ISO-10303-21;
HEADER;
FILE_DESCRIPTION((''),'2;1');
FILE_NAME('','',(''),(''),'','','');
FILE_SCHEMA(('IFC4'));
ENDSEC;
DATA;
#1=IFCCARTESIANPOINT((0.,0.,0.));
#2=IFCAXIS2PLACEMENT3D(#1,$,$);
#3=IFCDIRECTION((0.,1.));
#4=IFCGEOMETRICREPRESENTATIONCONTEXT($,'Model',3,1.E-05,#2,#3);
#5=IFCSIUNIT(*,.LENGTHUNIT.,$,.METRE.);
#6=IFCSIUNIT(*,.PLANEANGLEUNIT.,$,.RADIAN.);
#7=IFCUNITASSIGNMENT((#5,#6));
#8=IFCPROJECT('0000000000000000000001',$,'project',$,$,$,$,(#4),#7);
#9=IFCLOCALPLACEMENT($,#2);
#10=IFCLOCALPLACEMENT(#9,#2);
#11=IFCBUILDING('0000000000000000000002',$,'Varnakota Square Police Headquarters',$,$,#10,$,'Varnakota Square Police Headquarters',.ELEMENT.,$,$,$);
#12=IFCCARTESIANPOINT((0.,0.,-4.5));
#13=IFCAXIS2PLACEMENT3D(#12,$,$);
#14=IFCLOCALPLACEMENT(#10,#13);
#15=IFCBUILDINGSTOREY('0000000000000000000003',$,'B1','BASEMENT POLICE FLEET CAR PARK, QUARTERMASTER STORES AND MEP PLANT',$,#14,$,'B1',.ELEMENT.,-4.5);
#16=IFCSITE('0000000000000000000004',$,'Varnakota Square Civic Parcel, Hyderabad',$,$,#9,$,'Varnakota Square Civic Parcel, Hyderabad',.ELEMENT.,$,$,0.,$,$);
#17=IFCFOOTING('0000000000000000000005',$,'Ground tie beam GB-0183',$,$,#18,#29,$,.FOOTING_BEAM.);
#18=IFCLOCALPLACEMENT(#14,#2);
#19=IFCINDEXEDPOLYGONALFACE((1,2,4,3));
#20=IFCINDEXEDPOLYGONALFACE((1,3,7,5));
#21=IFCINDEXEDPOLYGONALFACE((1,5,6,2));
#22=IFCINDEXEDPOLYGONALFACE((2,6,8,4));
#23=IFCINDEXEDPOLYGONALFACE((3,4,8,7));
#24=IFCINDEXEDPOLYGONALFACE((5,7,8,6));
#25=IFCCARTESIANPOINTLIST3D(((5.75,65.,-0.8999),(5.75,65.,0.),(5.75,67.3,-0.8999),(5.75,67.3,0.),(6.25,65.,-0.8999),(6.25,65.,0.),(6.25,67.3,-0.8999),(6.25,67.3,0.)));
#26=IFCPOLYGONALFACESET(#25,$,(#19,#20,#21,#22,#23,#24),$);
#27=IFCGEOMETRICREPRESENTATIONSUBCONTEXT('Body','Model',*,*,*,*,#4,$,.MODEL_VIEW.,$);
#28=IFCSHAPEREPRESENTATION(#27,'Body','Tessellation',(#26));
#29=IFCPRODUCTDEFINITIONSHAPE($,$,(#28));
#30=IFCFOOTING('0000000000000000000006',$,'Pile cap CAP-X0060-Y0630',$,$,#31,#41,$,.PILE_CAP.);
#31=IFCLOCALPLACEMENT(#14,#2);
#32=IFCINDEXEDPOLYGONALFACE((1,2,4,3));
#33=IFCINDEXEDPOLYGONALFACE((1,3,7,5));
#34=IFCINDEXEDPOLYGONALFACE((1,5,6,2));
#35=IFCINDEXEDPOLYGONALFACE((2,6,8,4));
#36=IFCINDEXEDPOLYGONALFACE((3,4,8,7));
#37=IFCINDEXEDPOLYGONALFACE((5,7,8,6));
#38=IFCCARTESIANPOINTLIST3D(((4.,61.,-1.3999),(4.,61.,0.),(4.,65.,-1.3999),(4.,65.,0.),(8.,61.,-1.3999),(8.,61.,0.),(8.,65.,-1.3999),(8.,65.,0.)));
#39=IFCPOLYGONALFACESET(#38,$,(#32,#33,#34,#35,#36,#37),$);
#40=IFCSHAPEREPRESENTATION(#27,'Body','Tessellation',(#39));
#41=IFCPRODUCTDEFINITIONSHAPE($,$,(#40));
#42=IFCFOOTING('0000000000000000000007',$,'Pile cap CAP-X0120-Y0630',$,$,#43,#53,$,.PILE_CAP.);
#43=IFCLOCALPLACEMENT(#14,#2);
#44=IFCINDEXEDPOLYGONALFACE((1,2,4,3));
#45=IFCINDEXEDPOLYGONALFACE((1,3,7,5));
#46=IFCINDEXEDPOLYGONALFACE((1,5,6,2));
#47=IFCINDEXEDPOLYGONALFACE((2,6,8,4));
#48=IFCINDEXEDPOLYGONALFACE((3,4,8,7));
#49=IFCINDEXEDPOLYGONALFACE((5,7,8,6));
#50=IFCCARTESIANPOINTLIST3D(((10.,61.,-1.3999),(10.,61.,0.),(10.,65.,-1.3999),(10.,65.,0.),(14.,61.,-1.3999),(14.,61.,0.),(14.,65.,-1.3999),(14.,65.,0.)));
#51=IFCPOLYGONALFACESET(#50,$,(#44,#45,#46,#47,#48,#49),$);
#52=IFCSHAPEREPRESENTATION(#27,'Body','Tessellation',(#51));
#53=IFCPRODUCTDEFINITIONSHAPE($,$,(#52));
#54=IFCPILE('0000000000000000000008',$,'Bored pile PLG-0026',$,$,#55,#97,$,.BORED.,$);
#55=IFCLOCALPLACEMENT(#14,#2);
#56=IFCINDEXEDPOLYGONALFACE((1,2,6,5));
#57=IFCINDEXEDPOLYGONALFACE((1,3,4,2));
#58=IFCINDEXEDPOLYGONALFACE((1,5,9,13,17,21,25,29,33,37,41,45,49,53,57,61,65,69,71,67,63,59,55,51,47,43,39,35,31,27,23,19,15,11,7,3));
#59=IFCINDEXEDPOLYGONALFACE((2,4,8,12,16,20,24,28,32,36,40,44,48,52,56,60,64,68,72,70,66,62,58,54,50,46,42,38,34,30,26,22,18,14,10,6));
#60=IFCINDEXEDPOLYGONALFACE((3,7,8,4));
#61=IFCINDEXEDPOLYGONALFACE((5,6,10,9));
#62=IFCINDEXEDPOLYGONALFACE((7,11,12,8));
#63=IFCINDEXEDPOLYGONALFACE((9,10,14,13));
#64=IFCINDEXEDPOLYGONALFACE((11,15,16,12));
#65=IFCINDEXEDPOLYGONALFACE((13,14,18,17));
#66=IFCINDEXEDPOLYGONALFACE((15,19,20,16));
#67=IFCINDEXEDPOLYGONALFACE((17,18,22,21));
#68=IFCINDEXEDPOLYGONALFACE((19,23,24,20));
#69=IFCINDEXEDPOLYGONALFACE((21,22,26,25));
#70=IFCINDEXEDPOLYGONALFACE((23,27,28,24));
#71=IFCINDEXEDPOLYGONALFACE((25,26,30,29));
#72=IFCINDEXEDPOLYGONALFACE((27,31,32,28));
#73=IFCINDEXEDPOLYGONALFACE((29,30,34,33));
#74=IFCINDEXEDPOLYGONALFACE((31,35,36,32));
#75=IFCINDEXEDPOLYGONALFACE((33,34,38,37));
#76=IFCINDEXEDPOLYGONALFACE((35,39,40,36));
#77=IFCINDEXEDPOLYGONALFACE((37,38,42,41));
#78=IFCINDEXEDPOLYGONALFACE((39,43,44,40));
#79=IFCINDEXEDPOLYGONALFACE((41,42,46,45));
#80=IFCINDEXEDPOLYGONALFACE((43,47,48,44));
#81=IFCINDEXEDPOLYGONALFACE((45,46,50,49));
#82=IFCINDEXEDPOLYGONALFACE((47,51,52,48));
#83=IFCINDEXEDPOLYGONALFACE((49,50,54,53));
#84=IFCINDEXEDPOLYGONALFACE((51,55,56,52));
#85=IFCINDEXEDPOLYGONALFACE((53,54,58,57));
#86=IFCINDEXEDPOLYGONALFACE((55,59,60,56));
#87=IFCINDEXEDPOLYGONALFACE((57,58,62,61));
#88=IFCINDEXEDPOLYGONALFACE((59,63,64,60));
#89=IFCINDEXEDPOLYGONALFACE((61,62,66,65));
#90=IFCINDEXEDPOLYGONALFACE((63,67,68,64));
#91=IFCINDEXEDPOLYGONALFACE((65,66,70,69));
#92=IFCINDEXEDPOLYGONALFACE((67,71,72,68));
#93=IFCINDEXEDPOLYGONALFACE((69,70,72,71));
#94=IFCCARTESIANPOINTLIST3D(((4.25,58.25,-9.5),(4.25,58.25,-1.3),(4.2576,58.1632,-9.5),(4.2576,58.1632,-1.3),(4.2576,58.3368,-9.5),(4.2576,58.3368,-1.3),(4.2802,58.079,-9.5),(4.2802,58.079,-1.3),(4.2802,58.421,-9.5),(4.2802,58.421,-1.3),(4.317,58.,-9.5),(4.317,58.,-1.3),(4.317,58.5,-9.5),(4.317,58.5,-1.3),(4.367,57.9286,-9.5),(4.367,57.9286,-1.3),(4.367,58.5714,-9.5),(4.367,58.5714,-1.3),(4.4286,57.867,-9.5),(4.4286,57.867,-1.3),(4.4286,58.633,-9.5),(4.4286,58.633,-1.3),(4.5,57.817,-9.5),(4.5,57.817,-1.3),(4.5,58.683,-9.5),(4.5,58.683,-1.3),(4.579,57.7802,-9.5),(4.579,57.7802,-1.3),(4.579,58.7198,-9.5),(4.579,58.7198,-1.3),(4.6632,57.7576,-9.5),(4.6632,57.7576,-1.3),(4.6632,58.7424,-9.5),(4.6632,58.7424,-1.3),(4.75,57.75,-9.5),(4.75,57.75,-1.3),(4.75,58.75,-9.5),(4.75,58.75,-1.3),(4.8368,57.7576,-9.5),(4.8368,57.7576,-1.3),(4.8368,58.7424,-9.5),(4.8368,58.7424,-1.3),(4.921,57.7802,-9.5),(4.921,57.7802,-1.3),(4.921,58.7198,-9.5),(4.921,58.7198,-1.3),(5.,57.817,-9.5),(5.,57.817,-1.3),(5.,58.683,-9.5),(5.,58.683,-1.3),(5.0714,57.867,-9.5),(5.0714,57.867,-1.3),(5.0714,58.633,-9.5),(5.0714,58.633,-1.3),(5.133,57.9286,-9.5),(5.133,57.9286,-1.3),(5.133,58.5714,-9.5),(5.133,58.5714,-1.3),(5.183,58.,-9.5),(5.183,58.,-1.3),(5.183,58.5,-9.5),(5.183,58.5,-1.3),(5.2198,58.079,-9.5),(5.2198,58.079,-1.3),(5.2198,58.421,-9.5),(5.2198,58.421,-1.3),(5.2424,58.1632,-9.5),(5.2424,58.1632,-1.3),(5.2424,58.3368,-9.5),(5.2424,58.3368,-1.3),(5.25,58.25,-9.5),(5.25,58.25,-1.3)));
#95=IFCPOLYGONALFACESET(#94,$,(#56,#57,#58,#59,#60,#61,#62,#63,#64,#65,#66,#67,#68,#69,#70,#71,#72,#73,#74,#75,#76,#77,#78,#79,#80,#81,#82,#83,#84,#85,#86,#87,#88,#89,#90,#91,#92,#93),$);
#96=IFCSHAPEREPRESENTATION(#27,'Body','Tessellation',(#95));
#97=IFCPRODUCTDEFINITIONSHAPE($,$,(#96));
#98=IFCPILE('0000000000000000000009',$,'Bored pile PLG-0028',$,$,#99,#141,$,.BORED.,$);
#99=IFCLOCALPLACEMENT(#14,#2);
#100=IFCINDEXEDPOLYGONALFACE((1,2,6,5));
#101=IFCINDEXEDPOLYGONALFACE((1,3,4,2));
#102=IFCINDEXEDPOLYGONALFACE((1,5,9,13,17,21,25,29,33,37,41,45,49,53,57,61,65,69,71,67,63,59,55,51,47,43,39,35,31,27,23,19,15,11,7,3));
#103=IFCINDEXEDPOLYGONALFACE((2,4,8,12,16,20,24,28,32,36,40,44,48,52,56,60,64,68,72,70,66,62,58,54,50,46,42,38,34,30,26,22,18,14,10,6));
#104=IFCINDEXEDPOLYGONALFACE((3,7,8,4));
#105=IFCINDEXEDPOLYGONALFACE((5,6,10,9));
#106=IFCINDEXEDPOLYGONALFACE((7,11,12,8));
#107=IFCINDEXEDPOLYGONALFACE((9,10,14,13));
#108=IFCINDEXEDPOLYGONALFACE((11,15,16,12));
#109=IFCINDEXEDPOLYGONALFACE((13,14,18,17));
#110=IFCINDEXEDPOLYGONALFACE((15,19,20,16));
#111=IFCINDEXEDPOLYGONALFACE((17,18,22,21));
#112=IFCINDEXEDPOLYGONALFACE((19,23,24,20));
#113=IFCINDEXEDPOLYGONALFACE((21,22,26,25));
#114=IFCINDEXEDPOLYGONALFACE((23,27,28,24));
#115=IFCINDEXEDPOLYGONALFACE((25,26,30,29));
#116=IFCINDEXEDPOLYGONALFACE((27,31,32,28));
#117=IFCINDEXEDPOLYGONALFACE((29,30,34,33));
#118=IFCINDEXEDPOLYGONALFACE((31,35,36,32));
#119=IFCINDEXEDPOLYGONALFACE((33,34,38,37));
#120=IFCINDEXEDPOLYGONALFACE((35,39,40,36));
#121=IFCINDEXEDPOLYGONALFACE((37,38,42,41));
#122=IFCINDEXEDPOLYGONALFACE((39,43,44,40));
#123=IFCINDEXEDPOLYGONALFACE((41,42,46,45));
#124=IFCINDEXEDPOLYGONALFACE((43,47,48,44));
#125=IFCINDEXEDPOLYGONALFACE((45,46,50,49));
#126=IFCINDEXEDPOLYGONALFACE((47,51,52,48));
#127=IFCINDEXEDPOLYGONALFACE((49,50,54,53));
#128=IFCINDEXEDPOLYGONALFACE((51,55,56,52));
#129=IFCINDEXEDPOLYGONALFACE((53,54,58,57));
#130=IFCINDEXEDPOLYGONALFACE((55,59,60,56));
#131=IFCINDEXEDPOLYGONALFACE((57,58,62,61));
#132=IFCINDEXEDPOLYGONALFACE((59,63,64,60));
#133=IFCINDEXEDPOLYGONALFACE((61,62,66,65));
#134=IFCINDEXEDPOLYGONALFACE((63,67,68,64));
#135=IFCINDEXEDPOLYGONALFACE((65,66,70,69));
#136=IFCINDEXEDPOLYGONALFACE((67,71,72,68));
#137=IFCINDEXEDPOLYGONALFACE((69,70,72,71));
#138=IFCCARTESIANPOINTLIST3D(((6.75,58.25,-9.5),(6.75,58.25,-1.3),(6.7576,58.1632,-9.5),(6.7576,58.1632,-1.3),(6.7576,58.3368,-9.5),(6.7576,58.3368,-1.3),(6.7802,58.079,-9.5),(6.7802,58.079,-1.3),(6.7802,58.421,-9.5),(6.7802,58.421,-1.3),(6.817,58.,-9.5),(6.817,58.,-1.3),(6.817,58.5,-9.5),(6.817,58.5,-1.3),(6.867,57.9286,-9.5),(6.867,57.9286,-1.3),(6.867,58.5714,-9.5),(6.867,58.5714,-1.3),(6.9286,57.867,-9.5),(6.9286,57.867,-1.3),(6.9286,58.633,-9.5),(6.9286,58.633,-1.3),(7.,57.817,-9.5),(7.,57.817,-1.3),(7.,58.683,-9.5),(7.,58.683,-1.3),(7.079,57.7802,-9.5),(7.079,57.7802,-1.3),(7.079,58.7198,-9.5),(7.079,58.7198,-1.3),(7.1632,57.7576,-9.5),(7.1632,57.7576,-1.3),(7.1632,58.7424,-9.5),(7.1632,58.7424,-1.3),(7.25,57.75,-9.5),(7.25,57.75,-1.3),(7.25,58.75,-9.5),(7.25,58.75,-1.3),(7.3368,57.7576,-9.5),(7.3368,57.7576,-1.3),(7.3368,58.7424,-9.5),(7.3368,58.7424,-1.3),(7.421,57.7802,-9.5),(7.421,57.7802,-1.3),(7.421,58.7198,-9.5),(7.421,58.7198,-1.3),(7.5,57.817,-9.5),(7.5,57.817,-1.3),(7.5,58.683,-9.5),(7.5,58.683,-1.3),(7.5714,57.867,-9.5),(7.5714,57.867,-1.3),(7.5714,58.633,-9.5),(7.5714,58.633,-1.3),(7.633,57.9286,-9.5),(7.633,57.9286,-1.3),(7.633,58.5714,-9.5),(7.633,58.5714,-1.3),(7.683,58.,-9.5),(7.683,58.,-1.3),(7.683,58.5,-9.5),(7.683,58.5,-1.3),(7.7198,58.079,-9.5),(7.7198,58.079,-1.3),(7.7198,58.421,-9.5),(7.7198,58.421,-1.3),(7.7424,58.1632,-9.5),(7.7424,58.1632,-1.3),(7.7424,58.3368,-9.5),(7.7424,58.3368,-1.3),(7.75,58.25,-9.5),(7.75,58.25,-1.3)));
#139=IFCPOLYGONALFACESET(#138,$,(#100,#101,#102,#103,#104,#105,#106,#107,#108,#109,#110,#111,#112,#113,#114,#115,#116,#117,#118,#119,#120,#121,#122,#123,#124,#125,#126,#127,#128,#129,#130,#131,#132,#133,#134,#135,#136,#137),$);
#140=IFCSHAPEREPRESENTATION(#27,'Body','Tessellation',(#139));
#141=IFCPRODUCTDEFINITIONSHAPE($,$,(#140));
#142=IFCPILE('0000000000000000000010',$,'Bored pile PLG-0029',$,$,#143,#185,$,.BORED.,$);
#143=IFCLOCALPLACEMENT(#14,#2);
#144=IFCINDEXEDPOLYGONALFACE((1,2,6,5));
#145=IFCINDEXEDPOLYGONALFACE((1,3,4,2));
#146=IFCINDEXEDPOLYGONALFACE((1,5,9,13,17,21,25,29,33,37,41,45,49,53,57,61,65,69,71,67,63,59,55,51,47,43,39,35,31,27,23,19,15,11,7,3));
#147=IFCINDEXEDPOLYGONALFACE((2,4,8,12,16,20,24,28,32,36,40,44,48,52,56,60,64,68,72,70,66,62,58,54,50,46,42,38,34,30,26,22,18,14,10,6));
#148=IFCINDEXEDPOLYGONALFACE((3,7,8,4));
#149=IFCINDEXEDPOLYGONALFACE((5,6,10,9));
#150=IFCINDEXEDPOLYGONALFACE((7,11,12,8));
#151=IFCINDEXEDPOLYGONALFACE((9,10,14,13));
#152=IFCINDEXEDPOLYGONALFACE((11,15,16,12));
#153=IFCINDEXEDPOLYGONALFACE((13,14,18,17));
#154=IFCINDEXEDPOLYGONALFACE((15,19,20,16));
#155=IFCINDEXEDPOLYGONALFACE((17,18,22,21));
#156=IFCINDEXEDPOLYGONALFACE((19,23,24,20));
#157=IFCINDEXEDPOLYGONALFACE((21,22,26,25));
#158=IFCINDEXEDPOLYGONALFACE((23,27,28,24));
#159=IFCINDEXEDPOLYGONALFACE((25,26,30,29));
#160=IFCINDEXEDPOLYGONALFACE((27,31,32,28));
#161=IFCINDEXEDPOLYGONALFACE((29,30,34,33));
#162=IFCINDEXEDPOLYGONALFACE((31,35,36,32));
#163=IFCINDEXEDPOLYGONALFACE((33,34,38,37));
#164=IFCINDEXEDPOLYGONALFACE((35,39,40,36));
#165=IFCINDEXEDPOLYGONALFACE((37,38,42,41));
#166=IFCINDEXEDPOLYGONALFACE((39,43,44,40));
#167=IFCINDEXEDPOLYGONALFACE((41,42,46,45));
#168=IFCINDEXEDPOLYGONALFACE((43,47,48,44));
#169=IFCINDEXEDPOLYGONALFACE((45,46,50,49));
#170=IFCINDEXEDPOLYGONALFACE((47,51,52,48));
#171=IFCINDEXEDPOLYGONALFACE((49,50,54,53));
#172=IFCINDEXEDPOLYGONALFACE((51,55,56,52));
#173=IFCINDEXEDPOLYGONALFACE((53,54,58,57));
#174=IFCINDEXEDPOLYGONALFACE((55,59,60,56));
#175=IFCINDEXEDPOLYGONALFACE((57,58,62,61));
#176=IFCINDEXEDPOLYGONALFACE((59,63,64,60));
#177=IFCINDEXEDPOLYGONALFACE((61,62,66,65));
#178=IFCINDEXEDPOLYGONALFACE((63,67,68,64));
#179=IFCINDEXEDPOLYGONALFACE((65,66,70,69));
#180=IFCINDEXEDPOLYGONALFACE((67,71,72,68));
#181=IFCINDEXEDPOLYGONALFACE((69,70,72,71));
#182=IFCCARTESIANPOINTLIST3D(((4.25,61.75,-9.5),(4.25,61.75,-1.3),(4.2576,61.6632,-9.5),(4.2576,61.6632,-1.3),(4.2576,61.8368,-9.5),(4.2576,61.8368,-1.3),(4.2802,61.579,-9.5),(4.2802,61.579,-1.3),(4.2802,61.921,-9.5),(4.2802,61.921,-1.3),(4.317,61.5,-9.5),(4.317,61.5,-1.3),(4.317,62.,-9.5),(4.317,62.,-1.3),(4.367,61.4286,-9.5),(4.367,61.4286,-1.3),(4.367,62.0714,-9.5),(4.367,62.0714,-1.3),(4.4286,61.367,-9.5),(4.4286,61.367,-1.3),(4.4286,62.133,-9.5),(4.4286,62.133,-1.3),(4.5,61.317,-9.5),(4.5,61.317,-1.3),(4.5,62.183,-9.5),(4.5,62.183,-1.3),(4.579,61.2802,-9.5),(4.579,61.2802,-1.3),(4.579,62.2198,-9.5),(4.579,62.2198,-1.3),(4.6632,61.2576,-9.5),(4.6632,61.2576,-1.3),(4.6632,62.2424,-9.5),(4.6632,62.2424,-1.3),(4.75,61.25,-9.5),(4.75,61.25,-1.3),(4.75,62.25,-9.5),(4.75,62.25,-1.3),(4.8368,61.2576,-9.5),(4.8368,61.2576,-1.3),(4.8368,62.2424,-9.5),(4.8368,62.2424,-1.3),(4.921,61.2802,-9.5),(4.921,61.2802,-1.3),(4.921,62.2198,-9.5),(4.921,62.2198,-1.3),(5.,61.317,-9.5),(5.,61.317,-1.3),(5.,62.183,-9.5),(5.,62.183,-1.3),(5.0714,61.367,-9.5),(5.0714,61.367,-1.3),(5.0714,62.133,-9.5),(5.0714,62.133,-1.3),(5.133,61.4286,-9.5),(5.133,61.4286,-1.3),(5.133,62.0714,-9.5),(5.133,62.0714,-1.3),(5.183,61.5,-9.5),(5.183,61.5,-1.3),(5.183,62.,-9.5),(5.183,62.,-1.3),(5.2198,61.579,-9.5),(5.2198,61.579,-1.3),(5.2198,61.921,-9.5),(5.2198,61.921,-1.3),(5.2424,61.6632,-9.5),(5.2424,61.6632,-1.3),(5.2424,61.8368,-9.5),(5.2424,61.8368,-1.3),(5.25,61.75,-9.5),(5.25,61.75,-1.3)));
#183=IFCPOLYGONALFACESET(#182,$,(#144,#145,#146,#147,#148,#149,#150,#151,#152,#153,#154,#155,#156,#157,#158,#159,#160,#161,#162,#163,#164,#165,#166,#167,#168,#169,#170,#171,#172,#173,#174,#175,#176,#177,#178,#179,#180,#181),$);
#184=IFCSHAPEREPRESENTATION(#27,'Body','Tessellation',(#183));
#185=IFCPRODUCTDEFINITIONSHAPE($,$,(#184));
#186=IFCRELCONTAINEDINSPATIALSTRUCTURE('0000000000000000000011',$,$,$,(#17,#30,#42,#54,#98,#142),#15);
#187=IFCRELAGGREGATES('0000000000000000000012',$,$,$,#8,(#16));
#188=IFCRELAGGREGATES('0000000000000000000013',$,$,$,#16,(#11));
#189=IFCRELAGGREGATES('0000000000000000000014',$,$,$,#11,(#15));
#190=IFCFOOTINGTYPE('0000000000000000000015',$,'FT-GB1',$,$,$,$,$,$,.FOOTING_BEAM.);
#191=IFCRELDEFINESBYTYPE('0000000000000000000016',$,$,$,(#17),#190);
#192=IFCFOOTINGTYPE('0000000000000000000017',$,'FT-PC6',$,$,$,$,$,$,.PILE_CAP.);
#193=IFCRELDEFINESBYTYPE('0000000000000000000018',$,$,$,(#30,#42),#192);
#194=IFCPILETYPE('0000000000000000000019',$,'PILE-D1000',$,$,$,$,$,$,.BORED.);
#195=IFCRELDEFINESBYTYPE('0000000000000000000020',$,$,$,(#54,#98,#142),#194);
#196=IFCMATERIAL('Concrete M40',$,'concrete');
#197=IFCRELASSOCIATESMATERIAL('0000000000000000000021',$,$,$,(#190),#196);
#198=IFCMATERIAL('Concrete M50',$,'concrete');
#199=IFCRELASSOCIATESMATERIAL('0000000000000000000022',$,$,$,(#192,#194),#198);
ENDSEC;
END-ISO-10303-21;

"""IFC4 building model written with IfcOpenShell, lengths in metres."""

from ifc_helpers import new_model, si_unit, direction, frame, origin, origin_2d, place, context, subcontext, project, spatial, rectangle, circle, extrude, material, material_profile, profile_set, type_object, element, save


model = new_model("IFC4")

# Units and contexts
model_context = context("Model", 3, precision=1e-05, world=origin(), true_north=direction((0.0, 1.0)))
body_context = subcontext(model_context, "Body", "Model", "MODEL_VIEW")
ifc_project = project(units=[si_unit("LENGTHUNIT", "METRE"), si_unit("PLANEANGLEUNIT", "RADIAN")], contexts=[model_context])

# Site, building, storey
site_placement = place(None, origin())
site = spatial("IfcSite", under=ifc_project, at=site_placement, Name="Varnakota Square Civic Parcel, Hyderabad", LongName="Varnakota Square Civic Parcel, Hyderabad", CompositionType="ELEMENT", RefElevation=0.0)
building_placement = place(site_placement, origin())
building = spatial("IfcBuilding", under=site, at=building_placement, Name="Varnakota Square Police Headquarters", LongName="Varnakota Square Police Headquarters", CompositionType="ELEMENT")
storey_placement = place(building_placement, frame((0.0, 0.0, -4.5)))
storey = spatial("IfcBuildingStorey", under=building, at=storey_placement, Name="B1", Description="BASEMENT POLICE FLEET CAR PARK, QUARTERMASTER STORES AND MEP PLANT", LongName="B1", CompositionType="ELEMENT", Elevation=-4.5)

# Footings
ifc_material_1 = material(Name="Concrete M40", Category="concrete")
ifc_material_profile_1 = material_profile(ifc_material_1, rectangle(XDim=0.5, YDim=0.8999, at=origin_2d()), Name="GB 500x900")
ifc_profile_set_1 = profile_set([ifc_material_profile_1], Name="Concrete M40")
footing_type_1 = type_object("IfcFootingType", Name="FT-GB1", PredefinedType="FOOTING_BEAM", material=ifc_profile_set_1)
footing_placement = place(storey_placement, frame((6.0, 65.0, -0.45), z_axis=(0.0, 1.0, 0.0), x_axis=(-1.0, 0.0, 0.0)))
element("IfcFooting", 1, at=footing_placement, inside=storey, type_object=footing_type_1, Name="Ground tie beam GB-0183", PredefinedType="FOOTING_BEAM", context=body_context, shape_type="SweptSolid", body=[
    extrude(rectangle(XDim=0.5, YDim=0.8999, at=origin_2d()), origin(), (0.0, 0.0, 1.0), 2.3),
])
ifc_material_2 = material(Name="Concrete M50", Category="concrete")
footing_type_2 = type_object("IfcFootingType", Name="FT-PC6", PredefinedType="PILE_CAP", material=ifc_material_2)
for number, where, z_axis, x_axis, name in (
    (2, (6.0, 63.0, -1.3999), (0.0, 0.0, 1.0), (1.0, 0.0, 0.0), "Pile cap CAP-X0060-Y0630"),
    (3, (12.0, 63.0, -1.3999), (0.0, 0.0, 1.0), (1.0, 0.0, 0.0), "Pile cap CAP-X0120-Y0630"),
):
    element("IfcFooting", number, at=place(storey_placement, frame(where, z_axis=z_axis, x_axis=x_axis)), inside=storey, type_object=footing_type_2, Name=name, PredefinedType="PILE_CAP", context=body_context, shape_type="SweptSolid", body=[
        extrude(rectangle(XDim=4.0, YDim=4.0, at=origin_2d()), origin(), (0.0, 0.0, 1.0), 1.3999),
    ])

# Piles
ifc_material_profile_2 = material_profile(ifc_material_2, circle(Radius=0.5, at=origin_2d()), Name="BORED PILE 1000")
ifc_profile_set_2 = profile_set([ifc_material_profile_2], Name="Concrete M50")
pile_type_1 = type_object("IfcPileType", Name="PILE-D1000", PredefinedType="BORED", material=ifc_profile_set_2)
for number, where, z_axis, x_axis, name in (
    (4, (4.75, 58.25, -1.3), (0.0, 0.0, -1.0), (1.0, 0.0, 0.0), "Bored pile PLG-0026"),
    (5, (7.25, 58.25, -1.3), (0.0, 0.0, -1.0), (1.0, 0.0, 0.0), "Bored pile PLG-0028"),
    (6, (4.75, 61.75, -1.3), (0.0, 0.0, -1.0), (1.0, 0.0, 0.0), "Bored pile PLG-0029"),
):
    element("IfcPile", number, at=place(storey_placement, frame(where, z_axis=z_axis, x_axis=x_axis)), inside=storey, type_object=pile_type_1, Name=name, PredefinedType="BORED", context=body_context, shape_type="SweptSolid", body=[
        extrude(circle(Radius=0.5, at=origin_2d()), origin(), (0.0, 0.0, 1.0), 8.2),
    ])

save(model, "model.ifc")
